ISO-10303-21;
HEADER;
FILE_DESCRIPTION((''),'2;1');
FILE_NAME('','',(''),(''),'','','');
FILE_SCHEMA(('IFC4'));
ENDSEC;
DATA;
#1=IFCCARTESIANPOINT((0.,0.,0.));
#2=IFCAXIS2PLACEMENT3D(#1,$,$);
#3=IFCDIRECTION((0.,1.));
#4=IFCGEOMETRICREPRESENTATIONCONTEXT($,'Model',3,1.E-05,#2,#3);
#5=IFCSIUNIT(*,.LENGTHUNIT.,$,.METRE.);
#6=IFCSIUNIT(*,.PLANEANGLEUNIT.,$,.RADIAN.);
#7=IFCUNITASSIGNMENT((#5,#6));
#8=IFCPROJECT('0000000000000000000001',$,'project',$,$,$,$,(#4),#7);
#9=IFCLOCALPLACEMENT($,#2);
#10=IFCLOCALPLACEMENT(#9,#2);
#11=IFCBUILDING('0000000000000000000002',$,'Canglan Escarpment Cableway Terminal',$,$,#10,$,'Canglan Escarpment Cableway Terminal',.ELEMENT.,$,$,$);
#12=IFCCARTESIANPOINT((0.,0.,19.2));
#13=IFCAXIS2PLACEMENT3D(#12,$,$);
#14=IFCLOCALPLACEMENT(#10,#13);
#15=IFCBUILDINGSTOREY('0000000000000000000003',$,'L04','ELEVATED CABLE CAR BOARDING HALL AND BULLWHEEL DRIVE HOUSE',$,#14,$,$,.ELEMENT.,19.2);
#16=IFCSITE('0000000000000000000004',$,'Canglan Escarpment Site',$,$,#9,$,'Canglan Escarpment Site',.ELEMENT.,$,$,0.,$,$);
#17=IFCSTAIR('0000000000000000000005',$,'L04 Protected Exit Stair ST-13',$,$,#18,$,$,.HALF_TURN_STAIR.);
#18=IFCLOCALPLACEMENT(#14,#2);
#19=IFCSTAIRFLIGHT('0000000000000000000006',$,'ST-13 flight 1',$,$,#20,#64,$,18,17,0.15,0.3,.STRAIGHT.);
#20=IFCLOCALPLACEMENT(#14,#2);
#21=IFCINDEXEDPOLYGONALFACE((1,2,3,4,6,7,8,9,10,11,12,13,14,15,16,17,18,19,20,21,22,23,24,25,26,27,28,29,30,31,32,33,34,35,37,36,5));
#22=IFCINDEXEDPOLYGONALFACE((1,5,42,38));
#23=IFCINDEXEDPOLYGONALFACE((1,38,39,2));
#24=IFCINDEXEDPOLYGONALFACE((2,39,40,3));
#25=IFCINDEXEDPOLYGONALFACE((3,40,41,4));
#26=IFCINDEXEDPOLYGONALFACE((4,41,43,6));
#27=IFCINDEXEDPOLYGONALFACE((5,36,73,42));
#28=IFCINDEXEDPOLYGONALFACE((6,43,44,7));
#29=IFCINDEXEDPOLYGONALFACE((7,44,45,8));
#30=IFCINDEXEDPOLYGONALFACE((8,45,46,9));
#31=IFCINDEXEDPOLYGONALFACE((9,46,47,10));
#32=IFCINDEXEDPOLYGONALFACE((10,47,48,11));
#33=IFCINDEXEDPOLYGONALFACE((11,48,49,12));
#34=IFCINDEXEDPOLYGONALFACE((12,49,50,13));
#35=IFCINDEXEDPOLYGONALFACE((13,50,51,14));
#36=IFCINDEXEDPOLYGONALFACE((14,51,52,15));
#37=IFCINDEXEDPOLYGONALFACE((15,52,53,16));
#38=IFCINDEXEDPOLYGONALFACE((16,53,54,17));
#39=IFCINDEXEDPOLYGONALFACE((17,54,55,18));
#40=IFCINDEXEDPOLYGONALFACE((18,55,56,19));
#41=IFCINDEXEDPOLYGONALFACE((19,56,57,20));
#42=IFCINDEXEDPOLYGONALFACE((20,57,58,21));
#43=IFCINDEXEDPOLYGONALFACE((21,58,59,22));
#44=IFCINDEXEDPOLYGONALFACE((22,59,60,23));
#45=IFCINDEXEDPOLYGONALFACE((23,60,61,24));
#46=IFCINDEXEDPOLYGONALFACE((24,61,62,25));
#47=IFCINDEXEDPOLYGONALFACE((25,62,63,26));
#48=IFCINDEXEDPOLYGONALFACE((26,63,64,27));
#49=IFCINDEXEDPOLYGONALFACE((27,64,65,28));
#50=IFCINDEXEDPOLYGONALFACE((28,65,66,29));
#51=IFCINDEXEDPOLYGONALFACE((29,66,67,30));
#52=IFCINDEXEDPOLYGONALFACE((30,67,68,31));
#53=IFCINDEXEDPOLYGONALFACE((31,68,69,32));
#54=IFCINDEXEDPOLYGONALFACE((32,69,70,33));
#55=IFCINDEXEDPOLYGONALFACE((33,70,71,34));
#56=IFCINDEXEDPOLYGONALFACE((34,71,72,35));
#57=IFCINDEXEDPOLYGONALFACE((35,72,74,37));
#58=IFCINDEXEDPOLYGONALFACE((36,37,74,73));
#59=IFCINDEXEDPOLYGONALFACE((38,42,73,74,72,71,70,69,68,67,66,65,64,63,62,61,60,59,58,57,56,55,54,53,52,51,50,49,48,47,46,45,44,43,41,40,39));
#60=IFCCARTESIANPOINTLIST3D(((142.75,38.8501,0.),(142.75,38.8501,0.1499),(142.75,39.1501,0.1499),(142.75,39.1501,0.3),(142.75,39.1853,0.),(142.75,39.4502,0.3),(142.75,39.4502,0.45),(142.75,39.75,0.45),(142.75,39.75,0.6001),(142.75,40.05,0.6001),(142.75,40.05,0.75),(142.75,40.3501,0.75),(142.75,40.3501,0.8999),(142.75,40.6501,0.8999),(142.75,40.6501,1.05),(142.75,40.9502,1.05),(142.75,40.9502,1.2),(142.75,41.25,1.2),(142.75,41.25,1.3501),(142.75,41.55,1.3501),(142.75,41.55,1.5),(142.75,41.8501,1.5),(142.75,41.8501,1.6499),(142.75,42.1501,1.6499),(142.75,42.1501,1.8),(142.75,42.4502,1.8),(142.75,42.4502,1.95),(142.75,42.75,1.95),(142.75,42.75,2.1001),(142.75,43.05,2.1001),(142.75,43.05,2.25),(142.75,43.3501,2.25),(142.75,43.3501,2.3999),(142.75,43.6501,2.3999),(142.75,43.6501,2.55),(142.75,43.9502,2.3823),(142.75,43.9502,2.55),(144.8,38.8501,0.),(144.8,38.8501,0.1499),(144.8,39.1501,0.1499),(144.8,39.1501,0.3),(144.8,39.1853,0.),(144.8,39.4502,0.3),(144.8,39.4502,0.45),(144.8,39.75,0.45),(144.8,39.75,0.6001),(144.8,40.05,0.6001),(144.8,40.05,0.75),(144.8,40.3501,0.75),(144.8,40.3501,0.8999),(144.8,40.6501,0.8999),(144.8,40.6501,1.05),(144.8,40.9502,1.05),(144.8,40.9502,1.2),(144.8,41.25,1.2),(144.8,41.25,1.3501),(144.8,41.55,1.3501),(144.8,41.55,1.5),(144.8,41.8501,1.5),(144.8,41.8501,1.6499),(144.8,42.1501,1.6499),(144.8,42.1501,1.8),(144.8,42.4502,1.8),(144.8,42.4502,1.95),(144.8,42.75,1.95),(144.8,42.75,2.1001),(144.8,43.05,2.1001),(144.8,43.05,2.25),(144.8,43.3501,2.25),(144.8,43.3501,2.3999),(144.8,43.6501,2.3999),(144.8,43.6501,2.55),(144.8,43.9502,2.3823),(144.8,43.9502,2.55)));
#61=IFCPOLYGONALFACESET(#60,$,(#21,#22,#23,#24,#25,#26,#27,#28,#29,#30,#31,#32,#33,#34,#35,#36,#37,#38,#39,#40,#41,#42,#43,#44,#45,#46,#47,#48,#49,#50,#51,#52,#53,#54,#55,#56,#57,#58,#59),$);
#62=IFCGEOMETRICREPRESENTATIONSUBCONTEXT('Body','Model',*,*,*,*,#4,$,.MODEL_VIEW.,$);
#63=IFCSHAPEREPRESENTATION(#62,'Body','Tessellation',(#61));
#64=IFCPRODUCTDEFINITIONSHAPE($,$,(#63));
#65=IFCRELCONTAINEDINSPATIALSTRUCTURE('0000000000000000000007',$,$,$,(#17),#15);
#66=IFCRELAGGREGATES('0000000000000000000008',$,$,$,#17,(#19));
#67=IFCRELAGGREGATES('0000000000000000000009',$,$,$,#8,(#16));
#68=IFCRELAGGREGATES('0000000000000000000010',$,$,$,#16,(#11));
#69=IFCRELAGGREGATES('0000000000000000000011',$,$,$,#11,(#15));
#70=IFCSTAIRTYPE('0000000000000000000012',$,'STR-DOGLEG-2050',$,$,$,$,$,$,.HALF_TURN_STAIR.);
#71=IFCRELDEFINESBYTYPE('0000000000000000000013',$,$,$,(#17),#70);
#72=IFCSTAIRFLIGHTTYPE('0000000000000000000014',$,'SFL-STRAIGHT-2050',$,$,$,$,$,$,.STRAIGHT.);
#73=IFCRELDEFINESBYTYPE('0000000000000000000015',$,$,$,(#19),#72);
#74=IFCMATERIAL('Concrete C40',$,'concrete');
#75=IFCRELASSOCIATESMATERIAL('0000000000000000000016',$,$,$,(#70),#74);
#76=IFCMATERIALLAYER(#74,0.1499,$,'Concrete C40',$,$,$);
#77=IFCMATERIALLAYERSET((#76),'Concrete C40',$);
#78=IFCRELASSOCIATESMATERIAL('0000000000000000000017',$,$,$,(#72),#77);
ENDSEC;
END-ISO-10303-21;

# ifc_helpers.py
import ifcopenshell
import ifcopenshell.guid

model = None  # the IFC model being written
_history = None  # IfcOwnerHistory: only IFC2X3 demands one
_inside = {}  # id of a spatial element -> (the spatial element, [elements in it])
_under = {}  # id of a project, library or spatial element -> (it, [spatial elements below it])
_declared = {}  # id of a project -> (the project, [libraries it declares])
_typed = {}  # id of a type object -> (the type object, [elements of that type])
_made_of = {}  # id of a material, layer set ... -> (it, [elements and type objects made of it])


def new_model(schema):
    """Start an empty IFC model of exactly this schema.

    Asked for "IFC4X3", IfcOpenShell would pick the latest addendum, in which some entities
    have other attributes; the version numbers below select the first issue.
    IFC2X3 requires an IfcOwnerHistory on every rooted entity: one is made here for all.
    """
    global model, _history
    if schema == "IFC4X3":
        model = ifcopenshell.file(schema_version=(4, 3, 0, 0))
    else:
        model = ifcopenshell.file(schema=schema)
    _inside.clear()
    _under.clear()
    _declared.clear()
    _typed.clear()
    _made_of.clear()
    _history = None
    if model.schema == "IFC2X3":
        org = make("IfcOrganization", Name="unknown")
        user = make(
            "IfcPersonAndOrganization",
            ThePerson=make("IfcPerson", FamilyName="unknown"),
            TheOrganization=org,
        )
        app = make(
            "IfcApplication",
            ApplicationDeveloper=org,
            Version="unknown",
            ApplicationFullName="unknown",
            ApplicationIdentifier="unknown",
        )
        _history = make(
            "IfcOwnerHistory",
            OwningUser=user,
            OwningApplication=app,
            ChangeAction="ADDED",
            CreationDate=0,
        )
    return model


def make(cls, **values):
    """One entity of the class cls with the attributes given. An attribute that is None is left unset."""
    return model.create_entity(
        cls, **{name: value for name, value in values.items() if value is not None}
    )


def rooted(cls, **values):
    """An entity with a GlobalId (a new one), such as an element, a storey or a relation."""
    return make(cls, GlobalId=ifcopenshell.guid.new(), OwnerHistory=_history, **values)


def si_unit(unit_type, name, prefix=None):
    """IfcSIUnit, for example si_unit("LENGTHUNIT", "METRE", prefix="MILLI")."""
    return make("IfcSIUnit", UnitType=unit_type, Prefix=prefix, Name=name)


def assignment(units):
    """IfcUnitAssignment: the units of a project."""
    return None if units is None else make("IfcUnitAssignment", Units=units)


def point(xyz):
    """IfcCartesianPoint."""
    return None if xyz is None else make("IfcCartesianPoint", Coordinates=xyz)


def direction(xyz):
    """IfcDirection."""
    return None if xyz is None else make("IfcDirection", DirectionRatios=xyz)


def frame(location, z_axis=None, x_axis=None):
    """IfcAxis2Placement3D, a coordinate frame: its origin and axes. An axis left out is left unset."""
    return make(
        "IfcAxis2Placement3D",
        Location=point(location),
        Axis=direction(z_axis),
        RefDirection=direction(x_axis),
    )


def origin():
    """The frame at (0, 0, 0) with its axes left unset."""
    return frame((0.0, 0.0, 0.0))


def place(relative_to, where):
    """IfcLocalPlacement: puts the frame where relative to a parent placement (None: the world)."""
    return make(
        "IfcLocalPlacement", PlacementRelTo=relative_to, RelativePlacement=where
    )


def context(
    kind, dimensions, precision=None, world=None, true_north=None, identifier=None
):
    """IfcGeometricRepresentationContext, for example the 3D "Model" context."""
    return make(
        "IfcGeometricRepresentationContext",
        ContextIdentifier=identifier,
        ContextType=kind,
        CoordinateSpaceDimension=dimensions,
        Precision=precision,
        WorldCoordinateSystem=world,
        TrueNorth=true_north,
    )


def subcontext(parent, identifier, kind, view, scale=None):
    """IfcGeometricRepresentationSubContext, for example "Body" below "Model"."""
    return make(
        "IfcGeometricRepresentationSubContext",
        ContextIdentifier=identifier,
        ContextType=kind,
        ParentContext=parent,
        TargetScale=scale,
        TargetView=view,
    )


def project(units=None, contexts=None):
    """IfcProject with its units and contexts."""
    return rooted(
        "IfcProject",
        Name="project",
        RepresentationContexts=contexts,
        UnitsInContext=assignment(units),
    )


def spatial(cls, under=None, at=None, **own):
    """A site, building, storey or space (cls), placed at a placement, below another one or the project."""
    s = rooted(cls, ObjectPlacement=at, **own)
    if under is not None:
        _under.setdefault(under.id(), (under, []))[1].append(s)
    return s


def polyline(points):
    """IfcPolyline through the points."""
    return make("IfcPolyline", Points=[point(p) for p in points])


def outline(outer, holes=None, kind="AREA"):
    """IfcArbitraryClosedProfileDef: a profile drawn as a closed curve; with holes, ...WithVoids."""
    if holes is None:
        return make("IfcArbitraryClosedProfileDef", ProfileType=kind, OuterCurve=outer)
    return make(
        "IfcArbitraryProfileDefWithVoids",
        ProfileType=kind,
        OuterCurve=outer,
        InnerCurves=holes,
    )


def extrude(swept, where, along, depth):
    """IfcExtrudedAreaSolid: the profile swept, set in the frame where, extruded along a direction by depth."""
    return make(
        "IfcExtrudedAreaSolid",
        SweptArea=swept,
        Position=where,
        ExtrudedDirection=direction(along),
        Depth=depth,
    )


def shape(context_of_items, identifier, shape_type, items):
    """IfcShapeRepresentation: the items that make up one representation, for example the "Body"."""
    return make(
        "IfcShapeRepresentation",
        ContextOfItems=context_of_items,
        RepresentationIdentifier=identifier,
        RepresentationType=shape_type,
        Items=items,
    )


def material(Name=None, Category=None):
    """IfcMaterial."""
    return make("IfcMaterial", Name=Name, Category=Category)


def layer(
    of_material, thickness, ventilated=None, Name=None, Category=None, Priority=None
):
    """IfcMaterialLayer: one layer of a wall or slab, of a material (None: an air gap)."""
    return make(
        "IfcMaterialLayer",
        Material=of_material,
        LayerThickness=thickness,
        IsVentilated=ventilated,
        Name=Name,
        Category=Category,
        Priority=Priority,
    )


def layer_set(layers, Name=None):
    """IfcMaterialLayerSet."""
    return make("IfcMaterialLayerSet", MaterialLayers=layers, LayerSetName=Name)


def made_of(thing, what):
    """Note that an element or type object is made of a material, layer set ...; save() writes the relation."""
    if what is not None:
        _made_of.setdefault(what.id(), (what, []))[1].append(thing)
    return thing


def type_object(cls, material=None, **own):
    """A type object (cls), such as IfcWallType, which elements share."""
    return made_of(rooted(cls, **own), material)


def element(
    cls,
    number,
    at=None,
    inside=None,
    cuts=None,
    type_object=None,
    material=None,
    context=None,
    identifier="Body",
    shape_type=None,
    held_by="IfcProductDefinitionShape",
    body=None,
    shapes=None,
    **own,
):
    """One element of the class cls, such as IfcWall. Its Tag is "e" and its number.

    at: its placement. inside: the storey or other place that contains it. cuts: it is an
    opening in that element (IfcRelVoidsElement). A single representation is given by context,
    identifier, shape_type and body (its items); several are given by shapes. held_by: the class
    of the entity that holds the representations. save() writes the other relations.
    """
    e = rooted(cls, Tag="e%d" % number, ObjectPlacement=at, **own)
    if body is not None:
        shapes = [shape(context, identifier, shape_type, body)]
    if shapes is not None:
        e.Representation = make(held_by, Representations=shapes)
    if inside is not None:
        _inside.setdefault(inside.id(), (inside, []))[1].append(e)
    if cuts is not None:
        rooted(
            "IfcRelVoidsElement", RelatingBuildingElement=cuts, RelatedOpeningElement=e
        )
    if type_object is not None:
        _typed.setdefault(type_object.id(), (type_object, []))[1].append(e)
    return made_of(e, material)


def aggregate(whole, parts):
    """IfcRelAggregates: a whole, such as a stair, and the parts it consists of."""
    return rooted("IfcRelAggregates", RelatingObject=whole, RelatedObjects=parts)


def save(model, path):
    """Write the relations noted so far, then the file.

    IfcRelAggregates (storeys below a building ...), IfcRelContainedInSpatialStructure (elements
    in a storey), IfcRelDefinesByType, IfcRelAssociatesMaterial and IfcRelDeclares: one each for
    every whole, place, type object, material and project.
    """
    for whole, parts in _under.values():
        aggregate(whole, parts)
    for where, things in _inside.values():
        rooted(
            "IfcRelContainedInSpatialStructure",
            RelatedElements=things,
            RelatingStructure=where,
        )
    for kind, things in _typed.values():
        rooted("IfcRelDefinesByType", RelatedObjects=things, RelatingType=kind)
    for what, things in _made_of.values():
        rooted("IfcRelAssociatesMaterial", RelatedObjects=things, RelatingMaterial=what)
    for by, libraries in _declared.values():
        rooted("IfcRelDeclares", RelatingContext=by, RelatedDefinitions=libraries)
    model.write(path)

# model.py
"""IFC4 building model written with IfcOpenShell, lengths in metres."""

from ifc_helpers import new_model, si_unit, direction, frame, origin, place, context, subcontext, project, spatial, polyline, outline, extrude, material, layer, layer_set, type_object, element, aggregate, save


model = new_model("IFC4")

# Units and contexts
model_context = context("Model", 3, precision=1e-05, world=origin(), true_north=direction((0.0, 1.0)))
body_context = subcontext(model_context, "Body", "Model", "MODEL_VIEW")
ifc_project = project(units=[si_unit("LENGTHUNIT", "METRE"), si_unit("PLANEANGLEUNIT", "RADIAN")], contexts=[model_context])

# Site, building, storey
site_placement = place(None, origin())
site = spatial("IfcSite", under=ifc_project, at=site_placement, Name="Canglan Escarpment Site", LongName="Canglan Escarpment Site", CompositionType="ELEMENT", RefElevation=0.0)
building_placement = place(site_placement, origin())
building = spatial("IfcBuilding", under=site, at=building_placement, Name="Canglan Escarpment Cableway Terminal", LongName="Canglan Escarpment Cableway Terminal", CompositionType="ELEMENT")
storey_placement = place(building_placement, frame((0.0, 0.0, 19.2)))
storey = spatial("IfcBuildingStorey", under=building, at=storey_placement, Name="L04", Description="ELEVATED CABLE CAR BOARDING HALL AND BULLWHEEL DRIVE HOUSE", CompositionType="ELEMENT", Elevation=19.2)

# Shared definitions
ifc_material_1 = material(Name="Concrete C40", Category="concrete")

# Stair, stair flight
stair_type = type_object("IfcStairType", Name="STR-DOGLEG-2050", PredefinedType="HALF_TURN_STAIR", material=ifc_material_1)
stair_placement = place(storey_placement, origin())
stair = element("IfcStair", 1, at=stair_placement, inside=storey, type_object=stair_type, Name="L04 Protected Exit Stair ST-13", PredefinedType="HALF_TURN_STAIR")
ifc_layer_1 = layer(ifc_material_1, 0.1499, Name="Concrete C40")
ifc_layer_set_1 = layer_set([ifc_layer_1], Name="Concrete C40")
stair_flight_type = type_object("IfcStairFlightType", Name="SFL-STRAIGHT-2050", PredefinedType="STRAIGHT", material=ifc_layer_set_1)
stair_flight_placement = place(storey_placement, frame((143.7749, 38.8501, 0.0), z_axis=(0.0, 0.0, 1.0), x_axis=(0.0, 1.0, 0.0)))
stair_flight = element("IfcStairFlight", 2, at=stair_flight_placement, type_object=stair_flight_type, Name="ST-13 flight 1", NumberOfRisers=18, NumberOfTreads=17, PredefinedType="STRAIGHT", RiserHeight=0.15, TreadLength=0.3, context=body_context, shape_type="SweptSolid", body=[
    extrude(outline(polyline([(0.0, 0.0), (0.0, 0.1499), (0.3, 0.1499), (0.3, 0.3), (0.6001, 0.3), (0.6001, 0.45), (0.8999, 0.45), (0.8999, 0.6001), (1.2, 0.6001), (1.2, 0.75), (1.5, 0.75), (1.5, 0.8999), (1.8, 0.8999), (1.8, 1.05), (2.1001, 1.05), (2.1001, 1.2), (2.3999, 1.2), (2.3999, 1.3501), (2.7, 1.3501), (2.7, 1.5), (3.0, 1.5), (3.0, 1.6499), (3.3, 1.6499), (3.3, 1.8), (3.6001, 1.8), (3.6001, 1.95), (3.8999, 1.95), (3.8999, 2.1001), (4.2, 2.1001), (4.2, 2.25), (4.5, 2.25), (4.5, 2.3999), (4.8, 2.3999), (4.8, 2.55), (5.1001, 2.55), (5.1001, 2.7), (5.1001, 2.3823), (0.3352, 0.0), (0.0, 0.0)])), frame((0.0, 1.0249, 0.0), z_axis=(0.0, -1.0, 0.0), x_axis=(1.0, 0.0, 0.0)), (0.0, 0.0, 1.0), 2.05),
])
aggregate(stair, [stair_flight])

save(model, "model.ifc")
